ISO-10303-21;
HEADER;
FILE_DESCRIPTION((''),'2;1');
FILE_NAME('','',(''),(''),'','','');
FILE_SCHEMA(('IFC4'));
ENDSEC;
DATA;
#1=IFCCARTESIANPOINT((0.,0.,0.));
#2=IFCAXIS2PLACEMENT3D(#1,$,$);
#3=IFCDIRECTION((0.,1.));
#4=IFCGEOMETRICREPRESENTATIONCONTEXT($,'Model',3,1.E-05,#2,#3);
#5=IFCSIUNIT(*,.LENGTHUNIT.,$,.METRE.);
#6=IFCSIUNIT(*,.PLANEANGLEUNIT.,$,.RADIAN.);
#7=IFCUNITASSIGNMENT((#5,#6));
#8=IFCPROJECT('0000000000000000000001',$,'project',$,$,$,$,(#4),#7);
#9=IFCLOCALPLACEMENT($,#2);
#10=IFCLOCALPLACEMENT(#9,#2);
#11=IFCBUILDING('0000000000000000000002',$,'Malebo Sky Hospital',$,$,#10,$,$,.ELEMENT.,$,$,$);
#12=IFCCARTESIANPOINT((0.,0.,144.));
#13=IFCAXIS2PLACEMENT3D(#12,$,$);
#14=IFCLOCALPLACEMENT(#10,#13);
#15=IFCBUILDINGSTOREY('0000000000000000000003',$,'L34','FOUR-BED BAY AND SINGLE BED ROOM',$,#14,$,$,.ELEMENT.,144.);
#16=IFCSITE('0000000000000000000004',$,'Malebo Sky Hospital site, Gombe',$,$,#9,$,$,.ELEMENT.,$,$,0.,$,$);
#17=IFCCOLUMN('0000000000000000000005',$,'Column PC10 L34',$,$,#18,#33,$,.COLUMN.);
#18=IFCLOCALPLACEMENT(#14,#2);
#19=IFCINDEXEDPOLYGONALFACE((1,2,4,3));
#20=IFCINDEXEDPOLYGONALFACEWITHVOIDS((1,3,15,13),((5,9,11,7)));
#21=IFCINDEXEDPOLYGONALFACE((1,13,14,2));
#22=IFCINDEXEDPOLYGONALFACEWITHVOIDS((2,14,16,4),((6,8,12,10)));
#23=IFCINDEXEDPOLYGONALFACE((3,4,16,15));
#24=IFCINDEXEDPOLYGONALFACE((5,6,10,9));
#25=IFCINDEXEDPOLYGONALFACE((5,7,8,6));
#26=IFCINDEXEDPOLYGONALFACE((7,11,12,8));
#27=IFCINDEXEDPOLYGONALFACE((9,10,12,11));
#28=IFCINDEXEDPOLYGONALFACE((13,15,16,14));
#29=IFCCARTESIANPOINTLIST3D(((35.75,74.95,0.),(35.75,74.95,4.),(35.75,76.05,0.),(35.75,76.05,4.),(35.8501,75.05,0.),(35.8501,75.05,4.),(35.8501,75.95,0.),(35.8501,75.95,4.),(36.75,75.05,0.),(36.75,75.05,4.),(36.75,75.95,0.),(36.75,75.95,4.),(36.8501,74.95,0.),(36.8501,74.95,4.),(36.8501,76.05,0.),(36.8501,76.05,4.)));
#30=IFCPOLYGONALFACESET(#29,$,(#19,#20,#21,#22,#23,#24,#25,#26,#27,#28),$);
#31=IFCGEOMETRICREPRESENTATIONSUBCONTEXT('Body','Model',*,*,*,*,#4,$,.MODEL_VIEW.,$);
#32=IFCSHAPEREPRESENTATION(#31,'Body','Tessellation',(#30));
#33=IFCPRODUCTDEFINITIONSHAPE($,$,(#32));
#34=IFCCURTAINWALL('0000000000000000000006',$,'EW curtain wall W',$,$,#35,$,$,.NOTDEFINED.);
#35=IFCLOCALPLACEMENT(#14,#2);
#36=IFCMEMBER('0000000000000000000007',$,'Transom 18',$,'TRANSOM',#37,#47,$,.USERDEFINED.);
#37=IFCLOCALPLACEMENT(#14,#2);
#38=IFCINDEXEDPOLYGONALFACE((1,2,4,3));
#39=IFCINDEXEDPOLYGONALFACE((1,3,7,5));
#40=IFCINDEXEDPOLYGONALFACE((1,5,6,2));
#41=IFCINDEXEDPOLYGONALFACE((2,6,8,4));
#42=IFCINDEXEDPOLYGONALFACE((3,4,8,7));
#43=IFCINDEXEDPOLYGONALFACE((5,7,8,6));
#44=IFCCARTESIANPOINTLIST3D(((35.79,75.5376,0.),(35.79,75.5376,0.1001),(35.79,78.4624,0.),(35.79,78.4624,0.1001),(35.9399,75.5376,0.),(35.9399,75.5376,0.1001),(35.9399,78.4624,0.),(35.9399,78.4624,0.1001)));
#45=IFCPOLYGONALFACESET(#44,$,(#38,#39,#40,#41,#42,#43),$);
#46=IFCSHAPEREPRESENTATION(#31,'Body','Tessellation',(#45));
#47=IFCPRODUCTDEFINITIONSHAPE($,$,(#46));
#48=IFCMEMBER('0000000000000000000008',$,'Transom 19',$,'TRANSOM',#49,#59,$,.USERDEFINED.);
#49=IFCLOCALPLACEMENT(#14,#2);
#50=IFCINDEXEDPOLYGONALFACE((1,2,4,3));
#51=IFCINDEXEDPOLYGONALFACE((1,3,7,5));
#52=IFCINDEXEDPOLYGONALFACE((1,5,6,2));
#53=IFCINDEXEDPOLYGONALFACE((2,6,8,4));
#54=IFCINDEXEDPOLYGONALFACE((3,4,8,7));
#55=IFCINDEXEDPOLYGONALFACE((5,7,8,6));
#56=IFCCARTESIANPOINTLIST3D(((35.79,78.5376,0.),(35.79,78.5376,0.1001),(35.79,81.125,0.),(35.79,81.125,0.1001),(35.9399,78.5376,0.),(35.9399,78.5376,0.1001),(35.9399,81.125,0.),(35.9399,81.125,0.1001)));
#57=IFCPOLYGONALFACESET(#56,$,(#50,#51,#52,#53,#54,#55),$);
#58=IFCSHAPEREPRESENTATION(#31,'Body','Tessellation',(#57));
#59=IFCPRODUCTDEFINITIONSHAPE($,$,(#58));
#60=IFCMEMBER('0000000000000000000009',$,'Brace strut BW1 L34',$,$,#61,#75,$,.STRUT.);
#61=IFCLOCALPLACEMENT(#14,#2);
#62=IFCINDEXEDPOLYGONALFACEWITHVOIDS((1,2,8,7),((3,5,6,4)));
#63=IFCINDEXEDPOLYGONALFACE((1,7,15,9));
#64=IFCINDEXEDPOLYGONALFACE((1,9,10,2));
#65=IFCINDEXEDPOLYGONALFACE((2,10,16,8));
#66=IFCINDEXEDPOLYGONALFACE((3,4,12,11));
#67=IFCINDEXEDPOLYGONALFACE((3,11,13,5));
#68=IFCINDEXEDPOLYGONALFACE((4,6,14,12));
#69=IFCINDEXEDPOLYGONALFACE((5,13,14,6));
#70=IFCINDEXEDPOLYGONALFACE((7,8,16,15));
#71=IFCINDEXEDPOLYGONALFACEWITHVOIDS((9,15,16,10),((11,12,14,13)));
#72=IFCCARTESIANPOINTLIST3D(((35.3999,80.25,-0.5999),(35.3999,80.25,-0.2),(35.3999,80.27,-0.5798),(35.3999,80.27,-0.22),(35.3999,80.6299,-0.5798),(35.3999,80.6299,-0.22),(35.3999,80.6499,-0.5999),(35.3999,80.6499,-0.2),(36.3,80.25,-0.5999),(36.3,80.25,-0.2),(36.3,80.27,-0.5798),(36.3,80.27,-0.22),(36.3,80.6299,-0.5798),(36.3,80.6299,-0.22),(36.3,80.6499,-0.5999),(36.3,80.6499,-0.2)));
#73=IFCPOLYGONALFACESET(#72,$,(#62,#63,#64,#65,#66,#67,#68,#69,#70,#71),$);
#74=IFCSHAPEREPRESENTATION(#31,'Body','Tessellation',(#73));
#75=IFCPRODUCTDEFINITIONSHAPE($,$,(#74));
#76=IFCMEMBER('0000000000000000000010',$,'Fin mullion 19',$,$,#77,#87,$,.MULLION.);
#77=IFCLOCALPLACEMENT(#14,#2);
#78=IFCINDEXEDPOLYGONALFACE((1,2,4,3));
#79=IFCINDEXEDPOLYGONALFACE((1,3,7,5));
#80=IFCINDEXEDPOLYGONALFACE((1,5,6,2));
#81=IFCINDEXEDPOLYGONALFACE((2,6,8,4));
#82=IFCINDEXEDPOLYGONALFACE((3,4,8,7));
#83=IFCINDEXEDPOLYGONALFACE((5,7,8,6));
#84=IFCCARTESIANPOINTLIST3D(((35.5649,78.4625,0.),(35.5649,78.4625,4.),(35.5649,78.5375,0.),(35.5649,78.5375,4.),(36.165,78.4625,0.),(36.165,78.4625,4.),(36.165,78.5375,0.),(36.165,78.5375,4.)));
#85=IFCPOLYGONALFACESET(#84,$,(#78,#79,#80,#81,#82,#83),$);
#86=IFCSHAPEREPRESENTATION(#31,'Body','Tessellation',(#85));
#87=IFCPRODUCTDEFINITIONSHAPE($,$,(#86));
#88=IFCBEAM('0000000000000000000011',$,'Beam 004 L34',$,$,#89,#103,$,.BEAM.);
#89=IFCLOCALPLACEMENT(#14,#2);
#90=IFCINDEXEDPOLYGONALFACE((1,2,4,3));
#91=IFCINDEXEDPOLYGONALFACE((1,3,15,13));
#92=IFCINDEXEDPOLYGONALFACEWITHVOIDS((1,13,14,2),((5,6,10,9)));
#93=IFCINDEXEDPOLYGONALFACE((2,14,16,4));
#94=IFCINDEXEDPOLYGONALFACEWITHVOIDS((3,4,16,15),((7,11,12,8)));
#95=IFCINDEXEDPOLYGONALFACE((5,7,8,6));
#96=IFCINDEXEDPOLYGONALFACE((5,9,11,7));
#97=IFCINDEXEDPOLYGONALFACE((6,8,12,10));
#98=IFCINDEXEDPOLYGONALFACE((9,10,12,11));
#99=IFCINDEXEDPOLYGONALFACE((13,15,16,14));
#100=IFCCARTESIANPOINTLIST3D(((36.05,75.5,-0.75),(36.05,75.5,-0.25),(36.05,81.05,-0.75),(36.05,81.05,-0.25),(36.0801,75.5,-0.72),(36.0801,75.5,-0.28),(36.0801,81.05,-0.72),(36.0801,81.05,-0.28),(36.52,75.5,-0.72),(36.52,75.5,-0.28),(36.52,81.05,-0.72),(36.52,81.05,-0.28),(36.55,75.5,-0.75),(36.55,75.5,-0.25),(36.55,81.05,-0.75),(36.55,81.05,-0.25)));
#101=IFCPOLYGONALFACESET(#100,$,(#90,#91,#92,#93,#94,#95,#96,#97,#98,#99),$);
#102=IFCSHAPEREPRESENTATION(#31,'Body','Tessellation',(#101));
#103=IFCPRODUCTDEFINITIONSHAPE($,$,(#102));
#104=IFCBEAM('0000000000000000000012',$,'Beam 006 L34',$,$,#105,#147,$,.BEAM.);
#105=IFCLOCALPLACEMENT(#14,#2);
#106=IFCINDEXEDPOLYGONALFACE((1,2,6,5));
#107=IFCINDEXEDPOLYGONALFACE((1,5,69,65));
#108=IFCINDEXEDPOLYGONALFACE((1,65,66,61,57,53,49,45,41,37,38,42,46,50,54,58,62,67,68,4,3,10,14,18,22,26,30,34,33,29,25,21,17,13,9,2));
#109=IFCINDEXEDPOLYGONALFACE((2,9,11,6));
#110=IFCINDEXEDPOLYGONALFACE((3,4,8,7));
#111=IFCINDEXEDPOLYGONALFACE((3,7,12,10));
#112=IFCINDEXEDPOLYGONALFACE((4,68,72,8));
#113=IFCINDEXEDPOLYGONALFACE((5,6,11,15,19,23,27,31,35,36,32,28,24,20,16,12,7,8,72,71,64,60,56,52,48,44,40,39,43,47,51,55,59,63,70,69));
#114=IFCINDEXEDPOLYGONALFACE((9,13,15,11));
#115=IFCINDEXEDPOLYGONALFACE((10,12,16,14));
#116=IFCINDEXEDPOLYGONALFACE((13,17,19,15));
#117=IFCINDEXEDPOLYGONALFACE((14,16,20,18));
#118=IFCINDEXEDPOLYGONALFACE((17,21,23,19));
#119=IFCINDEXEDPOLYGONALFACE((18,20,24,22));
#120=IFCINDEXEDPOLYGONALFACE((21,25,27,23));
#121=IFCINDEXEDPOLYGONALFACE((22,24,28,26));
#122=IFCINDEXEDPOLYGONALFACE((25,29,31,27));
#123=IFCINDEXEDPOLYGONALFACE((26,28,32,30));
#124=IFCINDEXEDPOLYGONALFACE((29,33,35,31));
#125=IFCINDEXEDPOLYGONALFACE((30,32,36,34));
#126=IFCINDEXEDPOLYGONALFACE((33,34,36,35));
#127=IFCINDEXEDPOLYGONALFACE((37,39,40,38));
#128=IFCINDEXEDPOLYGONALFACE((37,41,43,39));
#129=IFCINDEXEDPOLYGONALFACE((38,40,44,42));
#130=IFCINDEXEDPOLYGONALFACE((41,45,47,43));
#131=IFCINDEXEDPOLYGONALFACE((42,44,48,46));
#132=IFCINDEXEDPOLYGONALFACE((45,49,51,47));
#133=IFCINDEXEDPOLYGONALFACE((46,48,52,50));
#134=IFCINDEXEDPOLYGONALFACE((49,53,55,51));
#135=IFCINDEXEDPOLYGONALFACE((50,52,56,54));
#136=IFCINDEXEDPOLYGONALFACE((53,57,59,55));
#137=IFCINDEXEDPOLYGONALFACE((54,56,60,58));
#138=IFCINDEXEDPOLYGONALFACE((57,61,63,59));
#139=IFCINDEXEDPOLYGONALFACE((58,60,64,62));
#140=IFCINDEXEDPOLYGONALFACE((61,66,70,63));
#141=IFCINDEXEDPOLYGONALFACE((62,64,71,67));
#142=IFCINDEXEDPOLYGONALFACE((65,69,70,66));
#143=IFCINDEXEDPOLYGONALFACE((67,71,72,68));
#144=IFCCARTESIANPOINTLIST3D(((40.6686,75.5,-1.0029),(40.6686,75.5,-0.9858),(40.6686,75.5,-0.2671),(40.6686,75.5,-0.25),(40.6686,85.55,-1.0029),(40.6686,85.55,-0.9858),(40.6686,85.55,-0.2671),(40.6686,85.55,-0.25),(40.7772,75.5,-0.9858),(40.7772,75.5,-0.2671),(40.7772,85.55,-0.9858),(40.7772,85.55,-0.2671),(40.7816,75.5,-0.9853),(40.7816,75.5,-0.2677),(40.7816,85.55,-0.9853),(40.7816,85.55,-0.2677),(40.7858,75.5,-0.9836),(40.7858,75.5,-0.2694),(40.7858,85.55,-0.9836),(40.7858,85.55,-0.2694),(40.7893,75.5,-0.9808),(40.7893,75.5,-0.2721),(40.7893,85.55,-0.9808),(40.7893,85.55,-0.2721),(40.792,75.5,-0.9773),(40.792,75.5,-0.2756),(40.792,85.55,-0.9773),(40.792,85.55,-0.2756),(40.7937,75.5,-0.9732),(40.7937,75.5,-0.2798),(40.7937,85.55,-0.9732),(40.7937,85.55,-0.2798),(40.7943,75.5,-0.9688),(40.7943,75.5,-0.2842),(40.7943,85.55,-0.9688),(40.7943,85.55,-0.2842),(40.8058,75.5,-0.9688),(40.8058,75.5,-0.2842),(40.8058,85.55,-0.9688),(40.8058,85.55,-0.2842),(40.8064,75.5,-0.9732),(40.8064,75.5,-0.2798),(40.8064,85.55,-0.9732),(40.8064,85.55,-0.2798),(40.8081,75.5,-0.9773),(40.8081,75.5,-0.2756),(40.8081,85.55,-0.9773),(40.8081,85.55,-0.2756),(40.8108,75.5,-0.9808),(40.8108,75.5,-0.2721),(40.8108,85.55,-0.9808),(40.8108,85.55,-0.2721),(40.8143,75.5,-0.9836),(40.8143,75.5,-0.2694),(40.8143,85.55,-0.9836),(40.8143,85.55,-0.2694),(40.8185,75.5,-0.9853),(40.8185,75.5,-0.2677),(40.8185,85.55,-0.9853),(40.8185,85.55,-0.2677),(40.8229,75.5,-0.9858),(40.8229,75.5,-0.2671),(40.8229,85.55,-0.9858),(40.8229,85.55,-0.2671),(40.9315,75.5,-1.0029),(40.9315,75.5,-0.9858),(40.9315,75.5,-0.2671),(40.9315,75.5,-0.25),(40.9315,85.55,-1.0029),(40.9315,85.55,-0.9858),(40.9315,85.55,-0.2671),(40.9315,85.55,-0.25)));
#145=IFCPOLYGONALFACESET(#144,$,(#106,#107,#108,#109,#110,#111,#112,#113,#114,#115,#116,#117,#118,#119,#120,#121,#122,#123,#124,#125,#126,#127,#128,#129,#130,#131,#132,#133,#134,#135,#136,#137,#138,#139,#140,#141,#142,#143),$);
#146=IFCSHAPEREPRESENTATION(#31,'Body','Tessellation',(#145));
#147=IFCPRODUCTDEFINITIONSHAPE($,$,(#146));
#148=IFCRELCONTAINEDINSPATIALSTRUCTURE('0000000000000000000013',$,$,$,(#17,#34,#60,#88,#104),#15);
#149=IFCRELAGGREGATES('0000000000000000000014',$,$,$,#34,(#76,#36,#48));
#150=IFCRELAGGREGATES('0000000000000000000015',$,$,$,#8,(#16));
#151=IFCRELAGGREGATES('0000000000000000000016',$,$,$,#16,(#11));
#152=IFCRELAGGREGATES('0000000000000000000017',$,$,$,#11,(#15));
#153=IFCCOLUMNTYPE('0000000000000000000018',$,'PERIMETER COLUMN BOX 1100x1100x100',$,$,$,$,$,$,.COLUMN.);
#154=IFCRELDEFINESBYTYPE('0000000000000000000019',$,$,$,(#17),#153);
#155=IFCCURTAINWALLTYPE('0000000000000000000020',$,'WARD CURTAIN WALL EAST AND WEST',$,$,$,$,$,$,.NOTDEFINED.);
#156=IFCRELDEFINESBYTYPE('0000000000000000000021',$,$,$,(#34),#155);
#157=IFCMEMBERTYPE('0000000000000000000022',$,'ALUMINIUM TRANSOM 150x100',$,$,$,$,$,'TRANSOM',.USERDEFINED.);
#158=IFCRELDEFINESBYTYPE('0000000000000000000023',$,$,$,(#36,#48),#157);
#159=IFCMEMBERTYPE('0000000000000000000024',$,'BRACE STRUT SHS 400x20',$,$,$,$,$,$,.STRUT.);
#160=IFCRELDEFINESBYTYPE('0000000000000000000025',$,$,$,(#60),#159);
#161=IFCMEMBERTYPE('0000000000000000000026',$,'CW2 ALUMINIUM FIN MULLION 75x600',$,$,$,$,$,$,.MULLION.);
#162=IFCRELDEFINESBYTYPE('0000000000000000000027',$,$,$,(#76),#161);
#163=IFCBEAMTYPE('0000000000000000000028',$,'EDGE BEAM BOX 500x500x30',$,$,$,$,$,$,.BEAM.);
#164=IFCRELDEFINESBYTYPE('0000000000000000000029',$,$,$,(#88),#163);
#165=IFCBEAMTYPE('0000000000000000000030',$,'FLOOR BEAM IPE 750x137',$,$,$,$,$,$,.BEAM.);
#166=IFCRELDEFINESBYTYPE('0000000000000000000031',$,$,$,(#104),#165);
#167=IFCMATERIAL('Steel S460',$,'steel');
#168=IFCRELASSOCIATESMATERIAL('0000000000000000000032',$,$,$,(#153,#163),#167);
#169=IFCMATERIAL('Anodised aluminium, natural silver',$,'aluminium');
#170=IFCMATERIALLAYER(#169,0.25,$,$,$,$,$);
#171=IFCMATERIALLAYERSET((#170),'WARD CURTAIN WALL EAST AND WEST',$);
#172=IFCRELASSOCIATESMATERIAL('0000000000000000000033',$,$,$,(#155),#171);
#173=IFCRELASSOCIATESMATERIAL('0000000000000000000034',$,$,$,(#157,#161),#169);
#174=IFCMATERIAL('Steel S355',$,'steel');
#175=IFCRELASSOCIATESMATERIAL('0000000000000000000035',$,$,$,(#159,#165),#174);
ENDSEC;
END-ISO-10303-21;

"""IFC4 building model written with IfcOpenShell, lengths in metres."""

from ifc_helpers import new_model, si_unit, direction, frame, origin, origin_2d, place, context, subcontext, project, spatial, rectangle, hollow_rectangle, i_section, extrude, material, layer, layer_set, material_profile, profile_set, type_object, element, aggregate, save


model = new_model("IFC4")

# Units and contexts
model_context = context("Model", 3, precision=1e-05, world=origin(), true_north=direction((0.0, 1.0)))
body_context = subcontext(model_context, "Body", "Model", "MODEL_VIEW")
ifc_project = project(units=[si_unit("LENGTHUNIT", "METRE"), si_unit("PLANEANGLEUNIT", "RADIAN")], contexts=[model_context])

# Site, building, storey
site_placement = place(None, origin())
site = spatial("IfcSite", under=ifc_project, at=site_placement, Name="Malebo Sky Hospital site, Gombe", CompositionType="ELEMENT", RefElevation=0.0)
building_placement = place(site_placement, origin())
building = spatial("IfcBuilding", under=site, at=building_placement, Name="Malebo Sky Hospital", CompositionType="ELEMENT")
storey_placement = place(building_placement, frame((0.0, 0.0, 144.0)))
storey = spatial("IfcBuildingStorey", under=building, at=storey_placement, Name="L34", Description="FOUR-BED BAY AND SINGLE BED ROOM", CompositionType="ELEMENT", Elevation=144.0)

# Column
ifc_material_1 = material(Name="Steel S460", Category="steel")
ifc_material_profile_1 = material_profile(ifc_material_1, hollow_rectangle(XDim=1.1001, YDim=1.1001, WallThickness=0.1001, at=origin_2d()), Name="BOX 1100x1100x100")
ifc_profile_set_1 = profile_set([ifc_material_profile_1], Name="Steel S460")
column_type = type_object("IfcColumnType", Name="PERIMETER COLUMN BOX 1100x1100x100", PredefinedType="COLUMN", material=ifc_profile_set_1)
column_placement = place(storey_placement, frame((36.3, 75.5, 0.0), z_axis=(0.0, 0.0, 1.0), x_axis=(1.0, 0.0, 0.0)))
element("IfcColumn", 1, at=column_placement, inside=storey, type_object=column_type, Name="Column PC10 L34", PredefinedType="COLUMN", context=body_context, shape_type="SweptSolid", body=[
    extrude(hollow_rectangle(XDim=1.1001, YDim=1.1001, WallThickness=0.1001, at=origin_2d()), origin(), (0.0, 0.0, 1.0), 4.0),
])

# Curtain wall, members
ifc_material_2 = material(Name="Anodised aluminium, natural silver", Category="aluminium")
ifc_layer_1 = layer(ifc_material_2, 0.25)
ifc_layer_set_1 = layer_set([ifc_layer_1], Name="WARD CURTAIN WALL EAST AND WEST")
curtain_wall_type = type_object("IfcCurtainWallType", Name="WARD CURTAIN WALL EAST AND WEST", PredefinedType="NOTDEFINED", material=ifc_layer_set_1)
curtain_wall_placement = place(storey_placement, origin())
curtain_wall = element("IfcCurtainWall", 2, at=curtain_wall_placement, inside=storey, type_object=curtain_wall_type, Name="EW curtain wall W", PredefinedType="NOTDEFINED")
ifc_material_profile_2 = material_profile(ifc_material_2, rectangle(XDim=0.1499, YDim=0.1001, at=origin_2d()), Name="ALUMINIUM TRANSOM 150x100")
ifc_profile_set_2 = profile_set([ifc_material_profile_2], Name="Anodised aluminium, natural silver")
member_type_1 = type_object("IfcMemberType", Name="ALUMINIUM TRANSOM 150x100", ElementType="TRANSOM", PredefinedType="USERDEFINED", material=ifc_profile_set_2)
member_1_placement = place(storey_placement, frame((35.865, 75.5376, 0.05), z_axis=(0.0, 1.0, 0.0), x_axis=(-1.0, 0.0, 0.0)))
member_1 = element("IfcMember", 3, at=member_1_placement, type_object=member_type_1, Name="Transom 18", ObjectType="TRANSOM", PredefinedType="USERDEFINED", context=body_context, shape_type="SweptSolid", body=[
    extrude(rectangle(XDim=0.1499, YDim=0.1001, at=origin_2d()), origin(), (0.0, 0.0, 1.0), 2.9248),
])
member_2_placement = place(storey_placement, frame((35.865, 78.5376, 0.05), z_axis=(0.0, 1.0, 0.0), x_axis=(-1.0, 0.0, 0.0)))
member_2 = element("IfcMember", 4, at=member_2_placement, type_object=member_type_1, Name="Transom 19", ObjectType="TRANSOM", PredefinedType="USERDEFINED", context=body_context, shape_type="SweptSolid", body=[
    extrude(rectangle(XDim=0.1499, YDim=0.1001, at=origin_2d()), origin(), (0.0, 0.0, 1.0), 2.5874),
])

# Members
ifc_material_3 = material(Name="Steel S355", Category="steel")
ifc_material_profile_3 = material_profile(ifc_material_3, hollow_rectangle(XDim=0.3999, YDim=0.3999, WallThickness=0.02, at=origin_2d()), Name="SHS 400x20")
ifc_profile_set_3 = profile_set([ifc_material_profile_3], Name="Steel S355")
member_type_2 = type_object("IfcMemberType", Name="BRACE STRUT SHS 400x20", PredefinedType="STRUT", material=ifc_profile_set_3)
member_3_placement = place(storey_placement, frame((35.3999, 80.45, -0.3999), z_axis=(1.0, 0.0, 0.0), x_axis=(0.0, 1.0, 0.0)))
element("IfcMember", 5, at=member_3_placement, inside=storey, type_object=member_type_2, Name="Brace strut BW1 L34", PredefinedType="STRUT", context=body_context, shape_type="SweptSolid", body=[
    extrude(hollow_rectangle(XDim=0.3999, YDim=0.3999, WallThickness=0.02, at=origin_2d()), origin(), (0.0, 0.0, 1.0), 0.9001),
])
ifc_material_profile_4 = material_profile(ifc_material_2, rectangle(XDim=0.075, YDim=0.6001, at=origin_2d()), Name="CW2 ALUMINIUM FIN MULLION 75x600")
ifc_profile_set_4 = profile_set([ifc_material_profile_4], Name="Anodised aluminium, natural silver")
member_type_3 = type_object("IfcMemberType", Name="CW2 ALUMINIUM FIN MULLION 75x600", PredefinedType="MULLION", material=ifc_profile_set_4)
member_4_placement = place(storey_placement, frame((35.865, 78.5, 0.0), z_axis=(0.0, 0.0, 1.0), x_axis=(0.0, 1.0, 0.0)))
member_4 = element("IfcMember", 6, at=member_4_placement, type_object=member_type_3, Name="Fin mullion 19", PredefinedType="MULLION", context=body_context, shape_type="SweptSolid", body=[
    extrude(rectangle(XDim=0.075, YDim=0.6001, at=origin_2d()), origin(), (0.0, 0.0, 1.0), 4.0),
])

# Beams
ifc_material_profile_5 = material_profile(ifc_material_1, hollow_rectangle(XDim=0.5, YDim=0.5, WallThickness=0.03, at=origin_2d()), Name="BOX 500x500x30")
ifc_profile_set_5 = profile_set([ifc_material_profile_5], Name="Steel S460")
beam_type_1 = type_object("IfcBeamType", Name="EDGE BEAM BOX 500x500x30", PredefinedType="BEAM", material=ifc_profile_set_5)
beam_1_placement = place(storey_placement, frame((36.3, 75.5, -0.5), z_axis=(0.0, 1.0, 0.0), x_axis=(-1.0, 0.0, 0.0)))
element("IfcBeam", 7, at=beam_1_placement, inside=storey, type_object=beam_type_1, Name="Beam 004 L34", PredefinedType="BEAM", context=body_context, shape_type="SweptSolid", body=[
    extrude(hollow_rectangle(XDim=0.5, YDim=0.5, WallThickness=0.03, at=origin_2d()), origin(), (0.0, 0.0, 1.0), 5.55),
])
ifc_material_profile_6 = material_profile(ifc_material_3, i_section(OverallWidth=0.2629, OverallDepth=0.7529, WebThickness=0.0115, FlangeThickness=0.0171, FilletRadius=0.0171, at=origin_2d()), Name="IPE 750x137")
ifc_profile_set_6 = profile_set([ifc_material_profile_6], Name="Steel S355")
beam_type_2 = type_object("IfcBeamType", Name="FLOOR BEAM IPE 750x137", PredefinedType="BEAM", material=ifc_profile_set_6)
beam_2_placement = place(storey_placement, frame((40.8, 75.5, -0.6265), z_axis=(0.0, 1.0, 0.0), x_axis=(-1.0, 0.0, 0.0)))
element("IfcBeam", 8, at=beam_2_placement, inside=storey, type_object=beam_type_2, Name="Beam 006 L34", PredefinedType="BEAM", context=body_context, shape_type="SweptSolid", body=[
    extrude(i_section(OverallWidth=0.2629, OverallDepth=0.7529, WebThickness=0.0115, FlangeThickness=0.0171, FilletRadius=0.0171, at=origin_2d()), origin(), (0.0, 0.0, 1.0), 10.05),
])

aggregate(curtain_wall, [member_4, member_1, member_2])

save(model, "model.ifc")
